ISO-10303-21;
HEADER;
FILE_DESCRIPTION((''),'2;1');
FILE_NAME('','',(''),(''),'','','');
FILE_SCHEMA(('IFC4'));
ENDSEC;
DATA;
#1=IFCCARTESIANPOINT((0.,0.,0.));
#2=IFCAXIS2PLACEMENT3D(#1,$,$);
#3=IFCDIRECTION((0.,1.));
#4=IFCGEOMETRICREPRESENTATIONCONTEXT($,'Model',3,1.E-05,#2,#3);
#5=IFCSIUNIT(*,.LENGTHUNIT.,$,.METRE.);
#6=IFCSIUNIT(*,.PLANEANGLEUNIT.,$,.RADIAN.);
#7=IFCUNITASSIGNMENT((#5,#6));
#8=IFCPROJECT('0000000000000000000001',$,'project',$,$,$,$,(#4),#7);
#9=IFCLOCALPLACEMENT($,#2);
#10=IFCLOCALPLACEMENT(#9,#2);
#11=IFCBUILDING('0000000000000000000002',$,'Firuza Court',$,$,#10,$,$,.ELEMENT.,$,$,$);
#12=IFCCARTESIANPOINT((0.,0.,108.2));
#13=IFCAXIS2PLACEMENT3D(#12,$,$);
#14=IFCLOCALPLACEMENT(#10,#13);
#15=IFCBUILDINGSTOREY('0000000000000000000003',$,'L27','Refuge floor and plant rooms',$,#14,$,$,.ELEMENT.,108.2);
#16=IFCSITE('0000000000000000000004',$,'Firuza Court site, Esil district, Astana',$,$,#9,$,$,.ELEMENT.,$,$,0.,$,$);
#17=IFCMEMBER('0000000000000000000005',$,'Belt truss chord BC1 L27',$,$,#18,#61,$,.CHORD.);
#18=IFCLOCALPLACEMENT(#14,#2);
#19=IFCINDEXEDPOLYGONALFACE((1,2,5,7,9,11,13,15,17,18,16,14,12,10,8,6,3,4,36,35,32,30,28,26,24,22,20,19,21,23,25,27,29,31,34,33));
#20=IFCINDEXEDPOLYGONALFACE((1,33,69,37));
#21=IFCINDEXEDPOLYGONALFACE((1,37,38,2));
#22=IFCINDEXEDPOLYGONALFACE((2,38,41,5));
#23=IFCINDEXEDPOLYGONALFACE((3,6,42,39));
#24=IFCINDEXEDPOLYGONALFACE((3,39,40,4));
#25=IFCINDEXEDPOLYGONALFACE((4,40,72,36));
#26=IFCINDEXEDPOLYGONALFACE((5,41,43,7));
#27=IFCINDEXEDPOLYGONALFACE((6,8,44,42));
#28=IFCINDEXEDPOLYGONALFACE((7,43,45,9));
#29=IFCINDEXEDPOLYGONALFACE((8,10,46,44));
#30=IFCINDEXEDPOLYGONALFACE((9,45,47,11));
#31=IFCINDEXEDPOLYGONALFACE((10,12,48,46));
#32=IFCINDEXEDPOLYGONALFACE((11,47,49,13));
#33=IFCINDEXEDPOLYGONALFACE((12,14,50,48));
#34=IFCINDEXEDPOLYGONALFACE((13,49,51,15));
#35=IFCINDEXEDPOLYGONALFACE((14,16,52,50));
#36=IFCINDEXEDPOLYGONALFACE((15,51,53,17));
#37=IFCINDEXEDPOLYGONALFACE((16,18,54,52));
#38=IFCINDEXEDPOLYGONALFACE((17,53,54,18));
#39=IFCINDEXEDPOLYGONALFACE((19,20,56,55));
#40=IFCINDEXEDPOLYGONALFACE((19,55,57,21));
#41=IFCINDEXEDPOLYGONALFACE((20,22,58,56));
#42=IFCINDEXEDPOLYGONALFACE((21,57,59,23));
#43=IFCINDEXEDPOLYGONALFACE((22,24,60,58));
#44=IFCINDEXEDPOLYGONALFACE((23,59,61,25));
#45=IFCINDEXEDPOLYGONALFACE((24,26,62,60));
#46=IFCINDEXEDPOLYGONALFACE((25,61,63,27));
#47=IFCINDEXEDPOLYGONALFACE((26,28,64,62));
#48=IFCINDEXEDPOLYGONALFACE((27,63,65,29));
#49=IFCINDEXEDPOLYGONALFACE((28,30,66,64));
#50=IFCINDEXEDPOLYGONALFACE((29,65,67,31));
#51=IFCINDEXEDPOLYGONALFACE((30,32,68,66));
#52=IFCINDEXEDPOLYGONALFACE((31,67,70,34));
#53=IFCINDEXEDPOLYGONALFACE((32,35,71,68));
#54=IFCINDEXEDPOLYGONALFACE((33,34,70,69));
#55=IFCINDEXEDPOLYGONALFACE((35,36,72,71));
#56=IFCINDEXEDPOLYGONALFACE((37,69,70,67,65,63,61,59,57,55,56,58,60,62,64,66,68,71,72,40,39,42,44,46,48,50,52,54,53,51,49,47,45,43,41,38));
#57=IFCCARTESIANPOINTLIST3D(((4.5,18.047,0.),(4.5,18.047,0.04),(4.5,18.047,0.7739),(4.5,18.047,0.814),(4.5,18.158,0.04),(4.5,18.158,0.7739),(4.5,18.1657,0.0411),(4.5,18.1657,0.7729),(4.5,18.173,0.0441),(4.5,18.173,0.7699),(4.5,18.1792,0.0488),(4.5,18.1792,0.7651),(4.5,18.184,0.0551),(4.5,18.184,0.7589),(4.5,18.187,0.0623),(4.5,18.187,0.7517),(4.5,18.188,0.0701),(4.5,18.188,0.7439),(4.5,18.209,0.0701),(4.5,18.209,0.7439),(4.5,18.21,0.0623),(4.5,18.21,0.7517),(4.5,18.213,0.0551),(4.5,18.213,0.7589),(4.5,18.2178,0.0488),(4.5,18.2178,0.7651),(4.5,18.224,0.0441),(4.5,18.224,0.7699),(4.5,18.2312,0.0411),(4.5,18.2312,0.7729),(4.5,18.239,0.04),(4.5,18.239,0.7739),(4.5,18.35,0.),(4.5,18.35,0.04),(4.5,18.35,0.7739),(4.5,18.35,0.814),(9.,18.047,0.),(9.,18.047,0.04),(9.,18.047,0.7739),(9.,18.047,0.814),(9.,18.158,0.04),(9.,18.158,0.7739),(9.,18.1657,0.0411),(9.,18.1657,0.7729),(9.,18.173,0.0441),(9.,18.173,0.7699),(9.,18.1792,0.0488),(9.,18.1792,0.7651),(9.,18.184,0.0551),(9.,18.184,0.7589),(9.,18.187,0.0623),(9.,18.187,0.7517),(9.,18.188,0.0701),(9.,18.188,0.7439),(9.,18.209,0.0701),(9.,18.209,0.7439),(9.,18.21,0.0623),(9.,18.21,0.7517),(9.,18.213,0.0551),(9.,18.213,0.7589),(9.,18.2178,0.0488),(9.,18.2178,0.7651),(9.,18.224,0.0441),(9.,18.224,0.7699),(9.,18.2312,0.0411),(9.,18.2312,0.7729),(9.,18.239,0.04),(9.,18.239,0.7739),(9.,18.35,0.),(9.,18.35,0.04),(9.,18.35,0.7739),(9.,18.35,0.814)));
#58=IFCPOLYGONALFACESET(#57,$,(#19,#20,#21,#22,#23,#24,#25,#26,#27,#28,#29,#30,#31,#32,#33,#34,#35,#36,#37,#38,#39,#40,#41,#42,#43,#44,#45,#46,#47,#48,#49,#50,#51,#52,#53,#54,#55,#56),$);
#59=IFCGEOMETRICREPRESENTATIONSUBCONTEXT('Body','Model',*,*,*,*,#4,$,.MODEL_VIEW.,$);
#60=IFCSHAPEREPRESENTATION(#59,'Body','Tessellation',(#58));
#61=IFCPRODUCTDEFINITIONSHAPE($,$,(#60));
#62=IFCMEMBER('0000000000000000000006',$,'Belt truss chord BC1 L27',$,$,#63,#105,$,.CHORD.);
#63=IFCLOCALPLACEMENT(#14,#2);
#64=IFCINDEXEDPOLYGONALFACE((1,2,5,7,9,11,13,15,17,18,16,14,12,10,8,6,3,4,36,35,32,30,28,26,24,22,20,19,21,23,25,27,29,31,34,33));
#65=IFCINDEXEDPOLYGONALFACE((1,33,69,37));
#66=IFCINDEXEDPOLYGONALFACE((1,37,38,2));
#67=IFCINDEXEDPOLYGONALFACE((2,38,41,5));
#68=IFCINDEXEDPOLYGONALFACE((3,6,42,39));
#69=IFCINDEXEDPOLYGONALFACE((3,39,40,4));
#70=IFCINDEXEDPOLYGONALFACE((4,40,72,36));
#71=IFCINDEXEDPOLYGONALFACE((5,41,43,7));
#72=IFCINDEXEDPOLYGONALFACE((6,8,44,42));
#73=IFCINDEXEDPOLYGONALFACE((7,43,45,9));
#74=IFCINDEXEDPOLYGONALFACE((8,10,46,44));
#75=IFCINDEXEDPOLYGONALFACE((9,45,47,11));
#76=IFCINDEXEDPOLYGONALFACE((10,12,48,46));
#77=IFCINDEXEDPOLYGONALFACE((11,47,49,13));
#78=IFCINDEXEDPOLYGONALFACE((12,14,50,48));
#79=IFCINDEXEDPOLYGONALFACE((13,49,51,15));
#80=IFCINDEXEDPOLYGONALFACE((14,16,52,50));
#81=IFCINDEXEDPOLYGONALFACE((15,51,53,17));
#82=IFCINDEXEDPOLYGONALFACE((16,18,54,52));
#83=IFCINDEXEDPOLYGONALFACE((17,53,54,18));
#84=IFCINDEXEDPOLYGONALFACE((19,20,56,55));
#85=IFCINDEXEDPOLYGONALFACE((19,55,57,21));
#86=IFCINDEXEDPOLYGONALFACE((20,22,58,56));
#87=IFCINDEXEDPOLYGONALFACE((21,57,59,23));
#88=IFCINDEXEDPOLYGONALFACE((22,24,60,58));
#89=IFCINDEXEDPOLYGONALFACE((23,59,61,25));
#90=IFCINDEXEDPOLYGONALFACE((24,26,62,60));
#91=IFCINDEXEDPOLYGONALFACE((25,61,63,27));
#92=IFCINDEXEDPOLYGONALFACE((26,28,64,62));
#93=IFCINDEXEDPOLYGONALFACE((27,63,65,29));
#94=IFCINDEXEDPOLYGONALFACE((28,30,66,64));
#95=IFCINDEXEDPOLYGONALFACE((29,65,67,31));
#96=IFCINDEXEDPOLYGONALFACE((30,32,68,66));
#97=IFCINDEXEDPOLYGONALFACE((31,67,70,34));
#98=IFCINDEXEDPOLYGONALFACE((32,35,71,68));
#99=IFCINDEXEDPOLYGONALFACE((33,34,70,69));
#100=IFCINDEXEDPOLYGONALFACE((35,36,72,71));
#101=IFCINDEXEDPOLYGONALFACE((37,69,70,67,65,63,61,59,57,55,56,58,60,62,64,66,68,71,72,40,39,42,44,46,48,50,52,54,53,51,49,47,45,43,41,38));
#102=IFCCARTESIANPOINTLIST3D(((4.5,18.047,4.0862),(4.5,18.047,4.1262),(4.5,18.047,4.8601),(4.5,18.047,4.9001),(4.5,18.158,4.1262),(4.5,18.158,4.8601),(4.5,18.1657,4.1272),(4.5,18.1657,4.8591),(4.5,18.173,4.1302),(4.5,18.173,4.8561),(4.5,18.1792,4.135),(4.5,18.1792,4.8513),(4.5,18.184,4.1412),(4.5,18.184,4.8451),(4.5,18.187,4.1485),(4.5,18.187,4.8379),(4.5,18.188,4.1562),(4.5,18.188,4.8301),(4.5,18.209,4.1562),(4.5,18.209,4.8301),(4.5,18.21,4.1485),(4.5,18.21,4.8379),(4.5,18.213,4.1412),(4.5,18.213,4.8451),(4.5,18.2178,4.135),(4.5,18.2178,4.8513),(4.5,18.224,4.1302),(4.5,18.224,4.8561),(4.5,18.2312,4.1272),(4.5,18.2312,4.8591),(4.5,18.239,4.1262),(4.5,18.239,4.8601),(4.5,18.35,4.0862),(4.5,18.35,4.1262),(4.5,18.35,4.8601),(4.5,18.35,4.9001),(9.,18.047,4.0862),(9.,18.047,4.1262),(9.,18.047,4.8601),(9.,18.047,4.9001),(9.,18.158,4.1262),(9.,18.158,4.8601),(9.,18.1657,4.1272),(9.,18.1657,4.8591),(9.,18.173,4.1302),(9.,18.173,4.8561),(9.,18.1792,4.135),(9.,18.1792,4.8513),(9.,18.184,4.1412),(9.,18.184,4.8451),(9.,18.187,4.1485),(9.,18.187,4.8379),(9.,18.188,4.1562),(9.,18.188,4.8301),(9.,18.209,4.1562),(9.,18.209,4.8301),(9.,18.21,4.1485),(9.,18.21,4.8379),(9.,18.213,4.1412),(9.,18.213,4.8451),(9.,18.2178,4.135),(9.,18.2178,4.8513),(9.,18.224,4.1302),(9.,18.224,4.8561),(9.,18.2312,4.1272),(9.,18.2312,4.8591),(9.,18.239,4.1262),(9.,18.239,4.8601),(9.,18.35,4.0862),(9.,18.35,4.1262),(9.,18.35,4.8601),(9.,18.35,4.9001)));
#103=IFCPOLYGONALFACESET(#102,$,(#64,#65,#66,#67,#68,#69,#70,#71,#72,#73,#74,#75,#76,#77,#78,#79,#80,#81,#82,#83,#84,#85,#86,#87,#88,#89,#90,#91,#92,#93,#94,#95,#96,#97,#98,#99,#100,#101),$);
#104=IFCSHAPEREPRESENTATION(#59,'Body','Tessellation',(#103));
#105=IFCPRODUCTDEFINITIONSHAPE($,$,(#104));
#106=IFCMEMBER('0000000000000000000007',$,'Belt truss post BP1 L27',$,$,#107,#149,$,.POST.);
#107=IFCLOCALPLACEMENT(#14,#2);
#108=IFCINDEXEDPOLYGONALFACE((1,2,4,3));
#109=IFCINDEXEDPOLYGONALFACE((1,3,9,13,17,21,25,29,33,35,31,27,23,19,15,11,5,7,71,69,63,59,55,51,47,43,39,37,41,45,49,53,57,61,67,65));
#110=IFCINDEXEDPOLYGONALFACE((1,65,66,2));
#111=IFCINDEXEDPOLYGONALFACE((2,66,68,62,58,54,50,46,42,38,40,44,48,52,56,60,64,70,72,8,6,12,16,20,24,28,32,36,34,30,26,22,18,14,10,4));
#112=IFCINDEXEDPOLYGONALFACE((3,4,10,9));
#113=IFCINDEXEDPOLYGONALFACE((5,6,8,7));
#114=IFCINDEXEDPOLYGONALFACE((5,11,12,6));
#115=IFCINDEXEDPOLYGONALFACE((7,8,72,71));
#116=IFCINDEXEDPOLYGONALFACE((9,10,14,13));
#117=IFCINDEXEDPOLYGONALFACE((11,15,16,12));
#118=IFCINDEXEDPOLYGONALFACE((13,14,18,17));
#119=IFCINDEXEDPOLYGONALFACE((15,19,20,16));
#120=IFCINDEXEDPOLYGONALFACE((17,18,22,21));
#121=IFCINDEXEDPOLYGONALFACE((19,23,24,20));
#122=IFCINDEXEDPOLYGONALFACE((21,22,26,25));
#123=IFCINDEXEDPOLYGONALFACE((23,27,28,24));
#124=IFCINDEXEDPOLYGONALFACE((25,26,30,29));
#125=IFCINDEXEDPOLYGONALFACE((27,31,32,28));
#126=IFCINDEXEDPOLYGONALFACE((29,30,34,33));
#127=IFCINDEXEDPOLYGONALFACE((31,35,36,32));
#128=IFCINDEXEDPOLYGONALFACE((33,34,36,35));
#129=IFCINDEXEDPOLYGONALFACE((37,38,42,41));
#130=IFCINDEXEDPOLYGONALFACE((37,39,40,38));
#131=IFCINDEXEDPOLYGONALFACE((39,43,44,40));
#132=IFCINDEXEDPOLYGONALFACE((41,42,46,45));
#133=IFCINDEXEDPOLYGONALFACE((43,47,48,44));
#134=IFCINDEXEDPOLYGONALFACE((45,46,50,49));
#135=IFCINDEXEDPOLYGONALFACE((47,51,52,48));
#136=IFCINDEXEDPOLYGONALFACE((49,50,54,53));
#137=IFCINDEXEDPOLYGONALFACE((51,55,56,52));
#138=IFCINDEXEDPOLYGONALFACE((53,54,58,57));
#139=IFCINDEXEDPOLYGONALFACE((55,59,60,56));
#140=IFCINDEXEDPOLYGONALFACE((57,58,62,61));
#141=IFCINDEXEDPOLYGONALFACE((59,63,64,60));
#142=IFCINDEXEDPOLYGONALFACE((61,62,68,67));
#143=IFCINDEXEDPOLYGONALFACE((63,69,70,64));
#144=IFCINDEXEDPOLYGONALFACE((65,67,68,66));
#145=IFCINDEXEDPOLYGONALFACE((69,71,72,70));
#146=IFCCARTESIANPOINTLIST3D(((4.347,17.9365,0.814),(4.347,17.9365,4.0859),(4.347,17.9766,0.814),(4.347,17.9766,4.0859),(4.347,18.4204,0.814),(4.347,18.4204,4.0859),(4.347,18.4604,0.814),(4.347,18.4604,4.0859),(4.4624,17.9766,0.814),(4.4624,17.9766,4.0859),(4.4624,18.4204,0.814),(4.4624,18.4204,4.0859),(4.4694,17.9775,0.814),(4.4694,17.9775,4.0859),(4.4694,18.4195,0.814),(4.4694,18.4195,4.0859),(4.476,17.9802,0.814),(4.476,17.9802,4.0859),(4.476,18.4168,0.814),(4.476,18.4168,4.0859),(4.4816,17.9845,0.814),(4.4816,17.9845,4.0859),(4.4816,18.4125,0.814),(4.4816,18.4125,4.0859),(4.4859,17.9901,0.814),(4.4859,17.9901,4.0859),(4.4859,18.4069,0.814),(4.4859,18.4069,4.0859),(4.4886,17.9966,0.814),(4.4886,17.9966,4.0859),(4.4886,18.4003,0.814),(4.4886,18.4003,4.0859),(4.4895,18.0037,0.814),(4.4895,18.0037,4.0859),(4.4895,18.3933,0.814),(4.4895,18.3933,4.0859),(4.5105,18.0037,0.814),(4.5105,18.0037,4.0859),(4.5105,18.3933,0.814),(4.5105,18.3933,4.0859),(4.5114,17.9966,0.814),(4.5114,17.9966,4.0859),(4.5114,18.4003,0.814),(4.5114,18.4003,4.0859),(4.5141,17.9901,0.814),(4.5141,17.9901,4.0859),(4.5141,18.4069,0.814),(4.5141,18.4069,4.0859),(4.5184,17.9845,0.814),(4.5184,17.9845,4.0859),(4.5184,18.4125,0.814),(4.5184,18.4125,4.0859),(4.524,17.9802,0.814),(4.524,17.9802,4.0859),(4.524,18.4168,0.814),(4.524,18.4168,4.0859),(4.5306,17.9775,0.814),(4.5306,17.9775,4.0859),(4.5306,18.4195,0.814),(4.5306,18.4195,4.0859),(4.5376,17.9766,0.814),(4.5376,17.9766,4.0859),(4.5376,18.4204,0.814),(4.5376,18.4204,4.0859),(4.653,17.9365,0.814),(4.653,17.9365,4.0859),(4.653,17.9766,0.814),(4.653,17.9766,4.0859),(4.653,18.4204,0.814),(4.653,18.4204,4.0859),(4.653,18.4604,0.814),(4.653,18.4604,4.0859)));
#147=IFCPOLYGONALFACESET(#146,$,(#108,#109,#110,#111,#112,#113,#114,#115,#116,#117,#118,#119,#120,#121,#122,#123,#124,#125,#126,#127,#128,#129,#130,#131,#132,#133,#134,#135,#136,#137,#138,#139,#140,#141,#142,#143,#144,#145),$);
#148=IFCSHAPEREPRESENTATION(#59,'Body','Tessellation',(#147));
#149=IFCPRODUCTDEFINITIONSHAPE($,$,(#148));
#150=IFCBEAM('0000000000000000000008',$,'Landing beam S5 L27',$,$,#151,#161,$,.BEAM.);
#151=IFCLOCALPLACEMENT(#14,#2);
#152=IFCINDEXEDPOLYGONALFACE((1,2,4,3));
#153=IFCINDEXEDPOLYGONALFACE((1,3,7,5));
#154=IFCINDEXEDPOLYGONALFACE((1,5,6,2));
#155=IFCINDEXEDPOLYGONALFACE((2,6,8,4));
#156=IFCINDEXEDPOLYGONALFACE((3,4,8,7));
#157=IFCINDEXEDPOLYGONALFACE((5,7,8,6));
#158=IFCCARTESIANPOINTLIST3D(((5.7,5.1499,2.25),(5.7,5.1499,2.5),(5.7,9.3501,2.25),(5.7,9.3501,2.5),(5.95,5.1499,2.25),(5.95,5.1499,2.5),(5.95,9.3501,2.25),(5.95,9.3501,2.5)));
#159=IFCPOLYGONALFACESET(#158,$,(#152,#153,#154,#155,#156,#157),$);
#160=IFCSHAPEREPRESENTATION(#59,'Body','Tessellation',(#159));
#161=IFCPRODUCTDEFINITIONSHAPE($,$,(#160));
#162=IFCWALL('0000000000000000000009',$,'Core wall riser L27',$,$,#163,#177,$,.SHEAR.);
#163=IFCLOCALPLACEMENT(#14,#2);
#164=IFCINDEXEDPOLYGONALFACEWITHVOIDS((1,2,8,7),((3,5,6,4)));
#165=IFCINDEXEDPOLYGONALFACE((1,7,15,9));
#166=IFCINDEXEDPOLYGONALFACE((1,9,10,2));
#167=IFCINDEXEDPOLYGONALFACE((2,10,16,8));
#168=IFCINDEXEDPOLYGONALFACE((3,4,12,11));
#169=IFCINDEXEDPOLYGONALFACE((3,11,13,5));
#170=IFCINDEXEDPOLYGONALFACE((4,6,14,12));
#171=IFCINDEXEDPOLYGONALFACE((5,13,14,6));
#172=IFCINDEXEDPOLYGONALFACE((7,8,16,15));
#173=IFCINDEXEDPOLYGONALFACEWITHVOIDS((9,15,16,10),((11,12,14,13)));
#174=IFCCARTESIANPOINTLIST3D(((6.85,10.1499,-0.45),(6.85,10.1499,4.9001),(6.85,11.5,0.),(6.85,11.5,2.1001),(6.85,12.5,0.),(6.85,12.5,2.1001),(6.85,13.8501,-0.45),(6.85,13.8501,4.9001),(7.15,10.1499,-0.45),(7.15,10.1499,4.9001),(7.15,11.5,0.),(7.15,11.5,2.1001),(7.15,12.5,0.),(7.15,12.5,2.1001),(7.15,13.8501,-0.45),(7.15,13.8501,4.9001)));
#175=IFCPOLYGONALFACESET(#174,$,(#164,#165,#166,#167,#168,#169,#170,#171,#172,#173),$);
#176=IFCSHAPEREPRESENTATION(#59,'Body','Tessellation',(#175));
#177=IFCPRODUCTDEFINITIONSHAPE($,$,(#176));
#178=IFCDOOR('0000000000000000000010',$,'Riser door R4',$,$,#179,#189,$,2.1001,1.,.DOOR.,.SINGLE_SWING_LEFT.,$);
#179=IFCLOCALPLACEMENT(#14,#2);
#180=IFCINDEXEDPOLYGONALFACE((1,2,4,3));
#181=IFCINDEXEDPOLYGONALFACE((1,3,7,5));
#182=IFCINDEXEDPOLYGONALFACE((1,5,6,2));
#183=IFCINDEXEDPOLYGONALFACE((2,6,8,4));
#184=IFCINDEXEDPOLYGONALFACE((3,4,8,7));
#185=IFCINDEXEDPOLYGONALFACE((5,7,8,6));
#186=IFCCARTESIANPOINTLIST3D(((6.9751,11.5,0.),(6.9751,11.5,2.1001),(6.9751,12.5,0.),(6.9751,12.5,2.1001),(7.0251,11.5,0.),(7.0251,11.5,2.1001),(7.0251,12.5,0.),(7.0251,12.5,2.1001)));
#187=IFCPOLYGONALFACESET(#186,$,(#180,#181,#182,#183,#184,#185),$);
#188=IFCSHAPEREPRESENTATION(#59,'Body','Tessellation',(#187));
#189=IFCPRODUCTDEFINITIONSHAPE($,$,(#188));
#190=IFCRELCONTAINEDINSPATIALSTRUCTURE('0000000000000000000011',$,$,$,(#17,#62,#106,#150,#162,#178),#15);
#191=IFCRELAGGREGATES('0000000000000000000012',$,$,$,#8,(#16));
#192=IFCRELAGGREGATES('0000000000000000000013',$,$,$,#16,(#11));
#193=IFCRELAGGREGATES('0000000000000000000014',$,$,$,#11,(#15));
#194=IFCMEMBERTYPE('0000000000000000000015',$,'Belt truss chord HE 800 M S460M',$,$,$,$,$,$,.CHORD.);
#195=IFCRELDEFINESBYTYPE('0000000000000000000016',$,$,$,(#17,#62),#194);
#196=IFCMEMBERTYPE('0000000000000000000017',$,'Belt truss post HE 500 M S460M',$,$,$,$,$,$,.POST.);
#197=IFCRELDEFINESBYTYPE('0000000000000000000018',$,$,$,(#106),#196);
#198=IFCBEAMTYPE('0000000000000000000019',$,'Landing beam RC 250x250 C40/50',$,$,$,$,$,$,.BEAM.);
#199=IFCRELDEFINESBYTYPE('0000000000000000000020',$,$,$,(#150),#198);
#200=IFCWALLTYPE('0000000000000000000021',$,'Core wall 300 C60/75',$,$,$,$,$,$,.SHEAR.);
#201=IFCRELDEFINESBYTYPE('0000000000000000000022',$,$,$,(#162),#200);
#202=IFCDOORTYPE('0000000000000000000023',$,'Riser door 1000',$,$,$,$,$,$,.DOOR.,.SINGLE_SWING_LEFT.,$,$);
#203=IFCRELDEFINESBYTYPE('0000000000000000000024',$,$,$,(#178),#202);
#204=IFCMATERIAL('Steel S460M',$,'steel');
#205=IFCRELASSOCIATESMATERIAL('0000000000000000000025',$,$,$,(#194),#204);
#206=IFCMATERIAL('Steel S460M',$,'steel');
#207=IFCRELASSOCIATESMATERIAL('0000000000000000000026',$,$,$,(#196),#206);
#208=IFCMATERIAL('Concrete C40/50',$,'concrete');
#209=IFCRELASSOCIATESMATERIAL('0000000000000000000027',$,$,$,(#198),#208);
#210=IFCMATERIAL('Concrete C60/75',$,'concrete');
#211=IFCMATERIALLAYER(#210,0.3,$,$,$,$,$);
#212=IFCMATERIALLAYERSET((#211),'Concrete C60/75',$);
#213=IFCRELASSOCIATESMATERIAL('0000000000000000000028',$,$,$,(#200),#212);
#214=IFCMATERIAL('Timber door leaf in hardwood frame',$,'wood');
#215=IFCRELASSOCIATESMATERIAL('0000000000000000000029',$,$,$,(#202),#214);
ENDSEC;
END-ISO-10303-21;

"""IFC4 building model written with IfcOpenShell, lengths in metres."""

from ifc_helpers import new_model, si_unit, direction, frame, frame_2d, origin, origin_2d, place, context, subcontext, project, spatial, rectangle, i_section, extrude, material, layer, layer_set, material_profile, profile_set, type_object, element, fill, save


model = new_model("IFC4")

# Units and contexts
model_context = context("Model", 3, precision=1e-05, world=origin(), true_north=direction((0.0, 1.0)))
body_context = subcontext(model_context, "Body", "Model", "MODEL_VIEW")
ifc_project = project(units=[si_unit("LENGTHUNIT", "METRE"), si_unit("PLANEANGLEUNIT", "RADIAN")], contexts=[model_context])

# Site, building, storey
site_placement = place(None, origin())
site = spatial("IfcSite", under=ifc_project, at=site_placement, Name="Firuza Court site, Esil district, Astana", CompositionType="ELEMENT", RefElevation=0.0)
building_placement = place(site_placement, origin())
building = spatial("IfcBuilding", under=site, at=building_placement, Name="Firuza Court", CompositionType="ELEMENT")
storey_placement = place(building_placement, frame((0.0, 0.0, 108.2)))
storey = spatial("IfcBuildingStorey", under=building, at=storey_placement, Name="L27", Description="Refuge floor and plant rooms", CompositionType="ELEMENT", Elevation=108.2)

# Members
ifc_material_1 = material(Name="Steel S460M", Category="steel")
ifc_material_profile_1 = material_profile(ifc_material_1, i_section(OverallWidth=0.303, OverallDepth=0.814, WebThickness=0.021, FlangeThickness=0.04, FilletRadius=0.03, at=origin_2d()), Name="HE 800 M")
ifc_profile_set_1 = profile_set([ifc_material_profile_1], Name="Steel S460M")
member_type_1 = type_object("IfcMemberType", Name="Belt truss chord HE 800 M S460M", PredefinedType="CHORD", material=ifc_profile_set_1)
for number, where, z_axis, x_axis, name in (
    (1, (4.5, 18.1985, 0.407), (1.0, 0.0, 0.0), (0.0, 1.0, 0.0), "Belt truss chord BC1 L27"),
    (2, (4.5, 18.1985, 4.4932), (1.0, 0.0, 0.0), (0.0, 1.0, 0.0), "Belt truss chord BC1 L27"),
):
    element("IfcMember", number, at=place(storey_placement, frame(where, z_axis=z_axis, x_axis=x_axis)), inside=storey, type_object=member_type_1, Name=name, PredefinedType="CHORD", context=body_context, shape_type="SweptSolid", body=[
        extrude(i_section(OverallWidth=0.303, OverallDepth=0.814, WebThickness=0.021, FlangeThickness=0.04, FilletRadius=0.03, at=origin_2d()), origin(), (0.0, 0.0, 1.0), 4.5),
    ])
ifc_material_2 = material(Name="Steel S460M", Category="steel")
ifc_material_profile_2 = material_profile(ifc_material_2, i_section(OverallWidth=0.3059, OverallDepth=0.5239, WebThickness=0.021, FlangeThickness=0.04, FilletRadius=0.0271, at=origin_2d()), Name="HE 500 M")
ifc_profile_set_2 = profile_set([ifc_material_profile_2], Name="Steel S460M")
member_type_2 = type_object("IfcMemberType", Name="Belt truss post HE 500 M S460M", PredefinedType="POST", material=ifc_profile_set_2)
member_placement = place(storey_placement, frame((4.5, 18.1985, 0.814), z_axis=(0.0, 0.0, 1.0), x_axis=(1.0, 0.0, 0.0)))
element("IfcMember", 3, at=member_placement, inside=storey, type_object=member_type_2, Name="Belt truss post BP1 L27", PredefinedType="POST", context=body_context, shape_type="SweptSolid", body=[
    extrude(i_section(OverallWidth=0.3059, OverallDepth=0.5239, WebThickness=0.021, FlangeThickness=0.04, FilletRadius=0.0271, at=origin_2d()), origin(), (0.0, 0.0, 1.0), 3.272),
])

# Beam
ifc_material_3 = material(Name="Concrete C40/50", Category="concrete")
ifc_material_profile_3 = material_profile(ifc_material_3, rectangle(XDim=0.25, YDim=0.25, at=origin_2d()), Name="RC 250x250")
ifc_profile_set_3 = profile_set([ifc_material_profile_3], Name="Concrete C40/50")
beam_type = type_object("IfcBeamType", Name="Landing beam RC 250x250 C40/50", PredefinedType="BEAM", material=ifc_profile_set_3)
beam_placement = place(storey_placement, frame((5.825, 5.1499, 2.375), z_axis=(0.0, 1.0, 0.0), x_axis=(-1.0, 0.0, 0.0)))
element("IfcBeam", 4, at=beam_placement, inside=storey, type_object=beam_type, Name="Landing beam S5 L27", PredefinedType="BEAM", context=body_context, shape_type="SweptSolid", body=[
    extrude(rectangle(XDim=0.25, YDim=0.25, at=origin_2d()), origin(), (0.0, 0.0, 1.0), 4.2002),
])

# Wall, opening, door
ifc_material_4 = material(Name="Concrete C60/75", Category="concrete")
ifc_layer_1 = layer(ifc_material_4, 0.3)
ifc_layer_set_1 = layer_set([ifc_layer_1], Name="Concrete C60/75")
wall_type_1 = type_object("IfcWallType", Name="Core wall 300 C60/75", PredefinedType="SHEAR", material=ifc_layer_set_1)
wall_1_placement = place(storey_placement, frame((7.0, 10.1499, -0.45), z_axis=(0.0, 0.0, 1.0), x_axis=(0.0, 1.0, 0.0)))
wall_1 = element("IfcWall", 5, at=wall_1_placement, inside=storey, type_object=wall_type_1, Name="Core wall riser L27", PredefinedType="SHEAR", context=body_context, shape_type="SweptSolid", body=[
    extrude(rectangle(XDim=3.7002, YDim=0.3, at=frame_2d((1.8501, 0.0))), origin(), (0.0, 0.0, 1.0), 5.3501),
])
opening_1_placement = place(wall_1_placement, frame((1.3501, 0.0, 0.45)))
opening_1 = element("IfcOpeningElement", 6, at=opening_1_placement, cuts=wall_1, PredefinedType="OPENING", context=body_context, shape_type="SweptSolid", body=[
    extrude(rectangle(XDim=1.0, YDim=2.1001, at=frame_2d((0.5, 1.05))), frame((0.0, 0.1621, 0.0), z_axis=(0.0, -1.0, 0.0), x_axis=(1.0, 0.0, 0.0)), (0.0, 0.0, 1.0), 0.324),
])
ifc_material_5 = material(Name="Timber door leaf in hardwood frame", Category="wood")
door_type_1 = type_object("IfcDoorType", Name="Riser door 1000", OperationType="SINGLE_SWING_LEFT", PredefinedType="DOOR", material=ifc_material_5)
door_1_placement = place(opening_1_placement, origin())
door_1 = element("IfcDoor", 7, at=door_1_placement, inside=storey, type_object=door_type_1, Name="Riser door R4", OperationType="SINGLE_SWING_LEFT", OverallHeight=2.1001, OverallWidth=1.0, PredefinedType="DOOR", context=body_context, shape_type="SweptSolid", body=[
    extrude(rectangle(XDim=1.0, YDim=2.1001, at=frame_2d((0.5, 1.05))), frame((0.0, 0.0249, 0.0), z_axis=(0.0, -1.0, 0.0), x_axis=(1.0, 0.0, 0.0)), (0.0, 0.0, 1.0), 0.05),
])
fill(opening_1, door_1)

save(model, "model.ifc")
